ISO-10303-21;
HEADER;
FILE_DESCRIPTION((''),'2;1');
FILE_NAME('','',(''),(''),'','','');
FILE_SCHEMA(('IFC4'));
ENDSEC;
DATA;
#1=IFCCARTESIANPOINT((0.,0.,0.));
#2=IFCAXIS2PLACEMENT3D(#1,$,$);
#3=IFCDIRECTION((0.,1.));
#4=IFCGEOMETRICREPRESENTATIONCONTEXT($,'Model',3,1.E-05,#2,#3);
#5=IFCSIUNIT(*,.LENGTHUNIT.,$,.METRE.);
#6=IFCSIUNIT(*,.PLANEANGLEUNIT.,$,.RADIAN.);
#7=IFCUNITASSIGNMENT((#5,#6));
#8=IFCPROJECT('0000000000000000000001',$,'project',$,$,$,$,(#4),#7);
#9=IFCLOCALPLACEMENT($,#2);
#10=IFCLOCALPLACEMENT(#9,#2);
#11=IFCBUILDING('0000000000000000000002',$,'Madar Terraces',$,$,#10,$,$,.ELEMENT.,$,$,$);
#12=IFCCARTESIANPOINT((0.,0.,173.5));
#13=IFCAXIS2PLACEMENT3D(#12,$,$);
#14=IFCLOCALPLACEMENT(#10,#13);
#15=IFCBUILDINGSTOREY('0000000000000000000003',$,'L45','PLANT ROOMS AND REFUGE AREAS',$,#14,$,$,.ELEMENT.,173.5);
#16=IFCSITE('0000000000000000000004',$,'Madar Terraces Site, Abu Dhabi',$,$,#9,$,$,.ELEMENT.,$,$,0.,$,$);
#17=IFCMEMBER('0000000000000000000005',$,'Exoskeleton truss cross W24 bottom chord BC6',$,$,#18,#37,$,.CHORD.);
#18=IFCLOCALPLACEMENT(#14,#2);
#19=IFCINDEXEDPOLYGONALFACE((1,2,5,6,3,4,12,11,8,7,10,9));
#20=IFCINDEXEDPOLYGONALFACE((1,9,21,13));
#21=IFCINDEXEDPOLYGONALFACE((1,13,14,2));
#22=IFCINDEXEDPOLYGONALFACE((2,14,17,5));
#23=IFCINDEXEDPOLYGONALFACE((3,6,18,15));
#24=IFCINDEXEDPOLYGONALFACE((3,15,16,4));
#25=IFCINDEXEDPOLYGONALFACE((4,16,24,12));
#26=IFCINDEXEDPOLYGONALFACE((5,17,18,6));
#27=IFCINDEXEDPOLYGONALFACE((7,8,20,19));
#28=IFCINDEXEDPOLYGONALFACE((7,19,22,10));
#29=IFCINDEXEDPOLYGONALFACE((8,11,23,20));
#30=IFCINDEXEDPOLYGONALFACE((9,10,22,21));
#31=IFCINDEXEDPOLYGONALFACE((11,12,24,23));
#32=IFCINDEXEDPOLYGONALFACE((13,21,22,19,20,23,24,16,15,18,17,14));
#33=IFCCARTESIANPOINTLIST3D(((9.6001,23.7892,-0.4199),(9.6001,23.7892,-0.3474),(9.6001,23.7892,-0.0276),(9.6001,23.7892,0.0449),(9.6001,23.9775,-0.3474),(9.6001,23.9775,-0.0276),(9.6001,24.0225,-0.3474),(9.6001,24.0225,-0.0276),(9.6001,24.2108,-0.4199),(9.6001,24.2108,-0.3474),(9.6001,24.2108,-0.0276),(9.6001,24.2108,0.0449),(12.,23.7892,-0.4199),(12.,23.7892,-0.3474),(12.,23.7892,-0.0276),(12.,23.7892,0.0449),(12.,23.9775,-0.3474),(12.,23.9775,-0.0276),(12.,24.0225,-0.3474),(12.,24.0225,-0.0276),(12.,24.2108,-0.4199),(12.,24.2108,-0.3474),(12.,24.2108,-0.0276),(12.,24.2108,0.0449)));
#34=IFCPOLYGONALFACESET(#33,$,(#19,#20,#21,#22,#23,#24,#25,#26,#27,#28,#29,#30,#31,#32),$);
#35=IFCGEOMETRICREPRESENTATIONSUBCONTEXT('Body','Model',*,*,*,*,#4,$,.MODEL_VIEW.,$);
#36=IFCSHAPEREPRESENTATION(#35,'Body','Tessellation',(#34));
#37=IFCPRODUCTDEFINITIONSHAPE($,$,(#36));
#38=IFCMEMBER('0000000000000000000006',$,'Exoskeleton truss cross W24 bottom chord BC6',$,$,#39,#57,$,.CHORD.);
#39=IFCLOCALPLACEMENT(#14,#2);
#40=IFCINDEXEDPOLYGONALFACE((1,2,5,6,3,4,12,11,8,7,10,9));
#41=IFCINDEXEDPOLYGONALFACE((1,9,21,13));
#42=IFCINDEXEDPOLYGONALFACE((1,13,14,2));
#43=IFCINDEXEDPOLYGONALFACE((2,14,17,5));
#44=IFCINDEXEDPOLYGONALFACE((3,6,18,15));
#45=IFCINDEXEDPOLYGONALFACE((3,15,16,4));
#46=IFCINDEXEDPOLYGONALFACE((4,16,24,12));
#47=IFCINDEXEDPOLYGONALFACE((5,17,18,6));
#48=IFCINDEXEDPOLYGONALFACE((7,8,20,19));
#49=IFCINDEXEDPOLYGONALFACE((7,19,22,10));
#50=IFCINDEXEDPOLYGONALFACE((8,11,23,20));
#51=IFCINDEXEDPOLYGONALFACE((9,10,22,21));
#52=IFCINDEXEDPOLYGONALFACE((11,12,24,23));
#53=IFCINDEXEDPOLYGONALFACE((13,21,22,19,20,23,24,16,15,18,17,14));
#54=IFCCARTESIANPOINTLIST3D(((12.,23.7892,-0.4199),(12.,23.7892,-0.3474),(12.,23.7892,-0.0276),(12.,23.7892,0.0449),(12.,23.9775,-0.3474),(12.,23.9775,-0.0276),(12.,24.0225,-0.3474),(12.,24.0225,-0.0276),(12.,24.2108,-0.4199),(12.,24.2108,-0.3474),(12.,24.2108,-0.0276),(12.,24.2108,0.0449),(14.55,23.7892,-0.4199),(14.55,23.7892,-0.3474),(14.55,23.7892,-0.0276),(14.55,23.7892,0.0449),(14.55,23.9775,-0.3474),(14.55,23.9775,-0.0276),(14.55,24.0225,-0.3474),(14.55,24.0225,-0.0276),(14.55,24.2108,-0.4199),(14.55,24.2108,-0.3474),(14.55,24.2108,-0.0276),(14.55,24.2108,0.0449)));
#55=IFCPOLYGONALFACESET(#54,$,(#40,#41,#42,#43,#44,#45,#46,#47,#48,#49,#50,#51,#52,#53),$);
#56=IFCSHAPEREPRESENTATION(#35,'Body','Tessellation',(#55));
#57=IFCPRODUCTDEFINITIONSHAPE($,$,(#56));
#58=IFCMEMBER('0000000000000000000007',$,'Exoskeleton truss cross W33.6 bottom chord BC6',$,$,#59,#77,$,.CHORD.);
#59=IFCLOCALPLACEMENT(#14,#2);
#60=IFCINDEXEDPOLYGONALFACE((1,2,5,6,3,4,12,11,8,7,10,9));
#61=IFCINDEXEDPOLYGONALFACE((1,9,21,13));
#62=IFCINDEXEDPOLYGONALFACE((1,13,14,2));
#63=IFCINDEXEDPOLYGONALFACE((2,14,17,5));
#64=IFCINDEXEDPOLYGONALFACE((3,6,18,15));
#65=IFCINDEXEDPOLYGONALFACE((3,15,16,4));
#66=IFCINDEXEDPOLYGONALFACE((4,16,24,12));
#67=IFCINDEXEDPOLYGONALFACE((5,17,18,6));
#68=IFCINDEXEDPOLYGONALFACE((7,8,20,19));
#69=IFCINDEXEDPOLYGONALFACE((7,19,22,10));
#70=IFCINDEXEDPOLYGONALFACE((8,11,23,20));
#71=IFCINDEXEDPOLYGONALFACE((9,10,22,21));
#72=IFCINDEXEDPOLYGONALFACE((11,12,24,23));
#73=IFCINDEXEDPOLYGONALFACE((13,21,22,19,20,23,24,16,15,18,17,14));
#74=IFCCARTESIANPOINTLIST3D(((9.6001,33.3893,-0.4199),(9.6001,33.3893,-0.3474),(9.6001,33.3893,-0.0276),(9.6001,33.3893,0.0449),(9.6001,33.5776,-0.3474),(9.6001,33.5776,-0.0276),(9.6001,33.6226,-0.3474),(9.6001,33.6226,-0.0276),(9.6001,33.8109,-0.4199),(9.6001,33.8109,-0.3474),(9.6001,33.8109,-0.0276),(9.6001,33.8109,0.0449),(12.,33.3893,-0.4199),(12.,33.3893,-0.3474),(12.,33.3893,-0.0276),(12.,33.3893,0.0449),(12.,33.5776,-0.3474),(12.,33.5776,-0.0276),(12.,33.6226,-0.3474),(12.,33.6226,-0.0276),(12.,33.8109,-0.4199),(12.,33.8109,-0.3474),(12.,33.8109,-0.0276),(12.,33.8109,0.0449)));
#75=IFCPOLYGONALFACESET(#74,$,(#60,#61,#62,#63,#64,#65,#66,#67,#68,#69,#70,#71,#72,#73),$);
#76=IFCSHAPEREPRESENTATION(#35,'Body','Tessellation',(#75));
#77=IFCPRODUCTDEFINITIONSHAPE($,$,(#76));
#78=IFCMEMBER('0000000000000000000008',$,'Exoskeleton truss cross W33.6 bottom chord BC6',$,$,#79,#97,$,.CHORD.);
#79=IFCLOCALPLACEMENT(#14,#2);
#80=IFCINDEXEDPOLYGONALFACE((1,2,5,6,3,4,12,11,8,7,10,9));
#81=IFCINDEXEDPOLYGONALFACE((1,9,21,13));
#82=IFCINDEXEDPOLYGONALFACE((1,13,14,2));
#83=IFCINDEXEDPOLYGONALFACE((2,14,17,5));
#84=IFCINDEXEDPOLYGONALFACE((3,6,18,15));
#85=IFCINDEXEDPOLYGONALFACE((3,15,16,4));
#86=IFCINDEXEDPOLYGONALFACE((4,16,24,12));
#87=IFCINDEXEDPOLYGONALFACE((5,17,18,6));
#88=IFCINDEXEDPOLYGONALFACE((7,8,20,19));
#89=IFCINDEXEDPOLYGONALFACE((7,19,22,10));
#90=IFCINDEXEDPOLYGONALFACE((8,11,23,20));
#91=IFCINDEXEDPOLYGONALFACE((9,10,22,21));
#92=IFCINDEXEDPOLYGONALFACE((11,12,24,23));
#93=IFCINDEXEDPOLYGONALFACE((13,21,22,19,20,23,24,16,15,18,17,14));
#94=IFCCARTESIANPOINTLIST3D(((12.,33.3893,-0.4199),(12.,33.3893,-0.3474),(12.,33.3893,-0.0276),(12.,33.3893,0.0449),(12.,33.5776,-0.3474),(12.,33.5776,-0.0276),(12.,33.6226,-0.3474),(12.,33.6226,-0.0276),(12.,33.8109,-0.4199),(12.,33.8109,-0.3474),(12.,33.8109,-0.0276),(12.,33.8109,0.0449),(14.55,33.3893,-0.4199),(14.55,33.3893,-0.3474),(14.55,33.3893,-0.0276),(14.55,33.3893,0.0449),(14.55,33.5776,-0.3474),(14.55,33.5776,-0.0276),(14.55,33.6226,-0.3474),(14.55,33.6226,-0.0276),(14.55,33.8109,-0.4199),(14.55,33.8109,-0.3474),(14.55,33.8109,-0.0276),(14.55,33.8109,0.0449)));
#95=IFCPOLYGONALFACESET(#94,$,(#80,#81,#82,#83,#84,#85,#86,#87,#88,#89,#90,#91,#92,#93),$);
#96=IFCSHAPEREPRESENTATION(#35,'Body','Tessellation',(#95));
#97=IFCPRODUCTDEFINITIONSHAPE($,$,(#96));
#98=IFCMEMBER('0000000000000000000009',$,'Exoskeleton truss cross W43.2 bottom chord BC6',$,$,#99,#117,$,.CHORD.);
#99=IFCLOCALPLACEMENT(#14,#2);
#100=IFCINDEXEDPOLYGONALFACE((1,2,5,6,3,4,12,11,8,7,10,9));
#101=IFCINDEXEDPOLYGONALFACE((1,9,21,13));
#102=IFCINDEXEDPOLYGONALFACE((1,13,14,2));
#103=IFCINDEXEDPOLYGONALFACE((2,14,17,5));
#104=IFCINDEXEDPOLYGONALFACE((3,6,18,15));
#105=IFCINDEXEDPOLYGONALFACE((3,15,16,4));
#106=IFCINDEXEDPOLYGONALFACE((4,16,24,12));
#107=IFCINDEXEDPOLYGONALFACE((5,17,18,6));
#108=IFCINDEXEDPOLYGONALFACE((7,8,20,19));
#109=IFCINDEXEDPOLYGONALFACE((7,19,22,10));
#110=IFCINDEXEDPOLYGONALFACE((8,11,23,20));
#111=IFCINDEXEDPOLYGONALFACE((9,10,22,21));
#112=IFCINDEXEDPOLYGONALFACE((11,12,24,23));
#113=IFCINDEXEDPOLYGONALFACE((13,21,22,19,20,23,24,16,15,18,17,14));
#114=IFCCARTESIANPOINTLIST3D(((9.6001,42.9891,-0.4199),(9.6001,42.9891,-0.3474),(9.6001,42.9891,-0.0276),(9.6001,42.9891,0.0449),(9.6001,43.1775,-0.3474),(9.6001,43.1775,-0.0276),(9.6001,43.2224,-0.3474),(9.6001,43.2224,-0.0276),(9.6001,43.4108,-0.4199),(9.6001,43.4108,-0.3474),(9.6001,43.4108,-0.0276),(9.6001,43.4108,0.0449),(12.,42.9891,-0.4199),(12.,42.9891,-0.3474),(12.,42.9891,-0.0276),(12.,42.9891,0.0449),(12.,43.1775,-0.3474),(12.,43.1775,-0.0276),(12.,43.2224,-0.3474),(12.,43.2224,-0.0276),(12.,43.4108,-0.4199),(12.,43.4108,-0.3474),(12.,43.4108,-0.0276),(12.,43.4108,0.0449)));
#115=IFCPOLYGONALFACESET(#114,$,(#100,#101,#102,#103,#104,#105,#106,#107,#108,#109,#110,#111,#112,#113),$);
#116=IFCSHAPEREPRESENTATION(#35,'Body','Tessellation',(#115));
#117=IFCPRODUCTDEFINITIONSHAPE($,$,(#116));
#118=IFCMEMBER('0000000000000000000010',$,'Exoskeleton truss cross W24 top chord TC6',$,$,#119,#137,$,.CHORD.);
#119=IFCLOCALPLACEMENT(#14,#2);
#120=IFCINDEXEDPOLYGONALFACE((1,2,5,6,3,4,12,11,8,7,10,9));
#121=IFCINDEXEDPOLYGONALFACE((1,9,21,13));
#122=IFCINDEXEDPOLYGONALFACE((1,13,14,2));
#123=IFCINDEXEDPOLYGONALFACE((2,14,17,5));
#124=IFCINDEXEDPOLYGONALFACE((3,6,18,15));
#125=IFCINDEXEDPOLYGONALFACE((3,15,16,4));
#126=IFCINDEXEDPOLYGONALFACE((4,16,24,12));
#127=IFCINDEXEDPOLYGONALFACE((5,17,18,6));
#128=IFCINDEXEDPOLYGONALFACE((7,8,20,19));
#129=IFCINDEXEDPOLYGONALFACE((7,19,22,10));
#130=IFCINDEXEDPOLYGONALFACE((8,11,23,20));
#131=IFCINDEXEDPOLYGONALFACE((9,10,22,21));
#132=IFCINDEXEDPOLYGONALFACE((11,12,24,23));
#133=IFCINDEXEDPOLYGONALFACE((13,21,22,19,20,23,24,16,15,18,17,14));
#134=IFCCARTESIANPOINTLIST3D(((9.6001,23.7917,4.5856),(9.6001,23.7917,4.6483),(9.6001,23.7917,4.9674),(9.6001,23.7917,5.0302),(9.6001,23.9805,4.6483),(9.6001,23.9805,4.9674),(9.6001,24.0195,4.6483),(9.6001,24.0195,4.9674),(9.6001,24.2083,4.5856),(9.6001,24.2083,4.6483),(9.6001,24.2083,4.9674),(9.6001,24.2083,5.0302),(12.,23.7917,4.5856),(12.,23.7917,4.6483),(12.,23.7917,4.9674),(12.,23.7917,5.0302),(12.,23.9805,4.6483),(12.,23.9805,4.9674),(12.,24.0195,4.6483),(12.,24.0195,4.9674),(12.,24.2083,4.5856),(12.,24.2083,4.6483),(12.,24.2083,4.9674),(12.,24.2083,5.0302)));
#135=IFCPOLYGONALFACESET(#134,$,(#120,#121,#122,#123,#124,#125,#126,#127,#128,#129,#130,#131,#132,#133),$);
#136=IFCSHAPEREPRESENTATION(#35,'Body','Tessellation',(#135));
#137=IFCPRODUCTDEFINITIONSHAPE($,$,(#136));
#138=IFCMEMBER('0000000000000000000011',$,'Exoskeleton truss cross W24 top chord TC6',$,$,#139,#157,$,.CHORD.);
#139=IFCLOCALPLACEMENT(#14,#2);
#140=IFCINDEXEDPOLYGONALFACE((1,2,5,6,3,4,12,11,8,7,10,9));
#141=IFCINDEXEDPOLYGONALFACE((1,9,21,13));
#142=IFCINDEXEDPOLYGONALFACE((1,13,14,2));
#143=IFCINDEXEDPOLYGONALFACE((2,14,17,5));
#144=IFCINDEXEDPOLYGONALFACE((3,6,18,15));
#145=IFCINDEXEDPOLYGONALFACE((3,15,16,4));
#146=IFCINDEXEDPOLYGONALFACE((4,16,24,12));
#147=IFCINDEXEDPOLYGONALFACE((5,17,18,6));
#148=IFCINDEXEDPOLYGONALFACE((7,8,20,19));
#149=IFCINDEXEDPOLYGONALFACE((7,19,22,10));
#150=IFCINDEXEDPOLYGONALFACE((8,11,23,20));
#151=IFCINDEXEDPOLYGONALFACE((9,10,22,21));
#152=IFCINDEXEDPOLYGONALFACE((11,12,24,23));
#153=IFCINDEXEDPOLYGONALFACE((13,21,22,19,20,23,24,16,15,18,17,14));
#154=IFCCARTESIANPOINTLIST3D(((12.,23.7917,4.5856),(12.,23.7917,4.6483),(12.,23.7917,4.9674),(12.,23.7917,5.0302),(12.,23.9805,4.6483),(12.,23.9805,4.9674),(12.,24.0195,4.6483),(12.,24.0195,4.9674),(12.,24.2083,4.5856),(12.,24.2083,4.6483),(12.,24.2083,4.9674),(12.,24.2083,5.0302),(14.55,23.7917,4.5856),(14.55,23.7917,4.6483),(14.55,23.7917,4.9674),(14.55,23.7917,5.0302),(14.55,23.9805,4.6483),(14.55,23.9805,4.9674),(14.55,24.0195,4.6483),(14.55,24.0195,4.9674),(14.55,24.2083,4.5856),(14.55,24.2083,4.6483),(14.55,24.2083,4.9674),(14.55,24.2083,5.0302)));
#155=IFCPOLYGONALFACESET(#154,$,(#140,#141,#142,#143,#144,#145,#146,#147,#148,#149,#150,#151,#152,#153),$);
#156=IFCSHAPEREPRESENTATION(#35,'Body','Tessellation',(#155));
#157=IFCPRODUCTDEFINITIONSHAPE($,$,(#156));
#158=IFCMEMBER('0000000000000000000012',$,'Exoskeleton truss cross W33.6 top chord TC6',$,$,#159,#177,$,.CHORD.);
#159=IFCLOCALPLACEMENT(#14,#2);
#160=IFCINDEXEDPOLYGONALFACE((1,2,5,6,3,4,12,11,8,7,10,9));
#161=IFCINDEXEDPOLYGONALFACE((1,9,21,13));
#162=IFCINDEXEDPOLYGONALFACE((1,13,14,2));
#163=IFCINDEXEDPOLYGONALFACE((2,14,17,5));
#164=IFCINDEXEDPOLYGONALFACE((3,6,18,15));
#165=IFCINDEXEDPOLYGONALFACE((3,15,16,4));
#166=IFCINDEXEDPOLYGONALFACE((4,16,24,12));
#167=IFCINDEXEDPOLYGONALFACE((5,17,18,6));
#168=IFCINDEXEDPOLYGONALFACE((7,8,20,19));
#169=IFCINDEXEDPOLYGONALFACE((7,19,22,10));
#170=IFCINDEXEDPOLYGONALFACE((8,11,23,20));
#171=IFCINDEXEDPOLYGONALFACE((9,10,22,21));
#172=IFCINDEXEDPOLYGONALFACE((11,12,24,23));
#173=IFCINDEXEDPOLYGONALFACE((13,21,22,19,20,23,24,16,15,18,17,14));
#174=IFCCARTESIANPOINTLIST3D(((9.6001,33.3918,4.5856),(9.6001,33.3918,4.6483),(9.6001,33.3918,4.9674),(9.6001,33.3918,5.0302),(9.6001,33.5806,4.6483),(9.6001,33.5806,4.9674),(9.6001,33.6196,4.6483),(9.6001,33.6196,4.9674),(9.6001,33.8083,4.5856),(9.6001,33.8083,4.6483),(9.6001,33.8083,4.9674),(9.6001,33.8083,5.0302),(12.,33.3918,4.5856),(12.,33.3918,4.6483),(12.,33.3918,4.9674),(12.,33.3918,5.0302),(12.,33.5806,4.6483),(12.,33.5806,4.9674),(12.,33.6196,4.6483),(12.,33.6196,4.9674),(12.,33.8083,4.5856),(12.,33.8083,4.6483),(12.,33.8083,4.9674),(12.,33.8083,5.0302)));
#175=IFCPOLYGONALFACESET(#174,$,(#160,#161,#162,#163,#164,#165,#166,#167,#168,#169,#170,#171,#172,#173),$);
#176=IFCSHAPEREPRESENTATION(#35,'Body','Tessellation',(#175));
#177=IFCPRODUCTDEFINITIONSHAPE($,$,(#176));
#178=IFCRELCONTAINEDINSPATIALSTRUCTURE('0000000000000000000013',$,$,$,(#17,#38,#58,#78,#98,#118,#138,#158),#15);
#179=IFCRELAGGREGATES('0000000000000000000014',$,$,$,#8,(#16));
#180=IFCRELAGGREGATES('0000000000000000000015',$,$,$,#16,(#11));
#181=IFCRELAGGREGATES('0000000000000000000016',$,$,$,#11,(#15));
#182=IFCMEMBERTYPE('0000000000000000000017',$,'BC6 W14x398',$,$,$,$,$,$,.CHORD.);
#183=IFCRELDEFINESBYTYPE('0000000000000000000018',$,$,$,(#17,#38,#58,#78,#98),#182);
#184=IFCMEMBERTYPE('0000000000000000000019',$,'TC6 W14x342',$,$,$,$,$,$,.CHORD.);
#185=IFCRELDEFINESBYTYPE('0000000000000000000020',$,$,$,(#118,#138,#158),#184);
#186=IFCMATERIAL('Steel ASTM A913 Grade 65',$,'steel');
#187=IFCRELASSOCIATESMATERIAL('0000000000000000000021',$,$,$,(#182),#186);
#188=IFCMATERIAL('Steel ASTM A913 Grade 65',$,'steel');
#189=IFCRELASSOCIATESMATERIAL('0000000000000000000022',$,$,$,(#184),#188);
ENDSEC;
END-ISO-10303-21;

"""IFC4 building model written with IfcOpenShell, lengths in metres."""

from ifc_helpers import new_model, si_unit, direction, frame, origin, origin_2d, place, context, subcontext, project, spatial, i_section, extrude, material, material_profile, profile_set, type_object, element, save


model = new_model("IFC4")

# Units and contexts
model_context = context("Model", 3, precision=1e-05, world=origin(), true_north=direction((0.0, 1.0)))
body_context = subcontext(model_context, "Body", "Model", "MODEL_VIEW")
ifc_project = project(units=[si_unit("LENGTHUNIT", "METRE"), si_unit("PLANEANGLEUNIT", "RADIAN")], contexts=[model_context])

# Site, building, storey
site_placement = place(None, origin())
site = spatial("IfcSite", under=ifc_project, at=site_placement, Name="Madar Terraces Site, Abu Dhabi", CompositionType="ELEMENT", RefElevation=0.0)
building_placement = place(site_placement, origin())
building = spatial("IfcBuilding", under=site, at=building_placement, Name="Madar Terraces", CompositionType="ELEMENT")
storey_placement = place(building_placement, frame((0.0, 0.0, 173.5)))
storey = spatial("IfcBuildingStorey", under=building, at=storey_placement, Name="L45", Description="PLANT ROOMS AND REFUGE AREAS", CompositionType="ELEMENT", Elevation=173.5)

# Members
ifc_material_1 = material(Name="Steel ASTM A913 Grade 65", Category="steel")
ifc_material_profile_1 = material_profile(ifc_material_1, i_section(OverallWidth=0.4216, OverallDepth=0.4648, WebThickness=0.0449, FlangeThickness=0.0725, at=origin_2d()), Name="W14x398")
ifc_profile_set_1 = profile_set([ifc_material_profile_1], Name="Steel ASTM A913 Grade 65")
member_type_1 = type_object("IfcMemberType", Name="BC6 W14x398", PredefinedType="CHORD", material=ifc_profile_set_1)
member_1_placement = place(storey_placement, frame((9.6001, 24.0, -0.1875), z_axis=(1.0, 0.0, 0.0), x_axis=(0.0, 1.0, 0.0)))
element("IfcMember", 1, at=member_1_placement, inside=storey, type_object=member_type_1, Name="Exoskeleton truss cross W24 bottom chord BC6", PredefinedType="CHORD", context=body_context, shape_type="SweptSolid", body=[
    extrude(i_section(OverallWidth=0.4216, OverallDepth=0.4648, WebThickness=0.0449, FlangeThickness=0.0725, at=origin_2d()), origin(), (0.0, 0.0, 1.0), 2.3999),
])
member_2_placement = place(storey_placement, frame((12.0, 24.0, -0.1875), z_axis=(1.0, 0.0, 0.0), x_axis=(0.0, 1.0, 0.0)))
element("IfcMember", 2, at=member_2_placement, inside=storey, type_object=member_type_1, Name="Exoskeleton truss cross W24 bottom chord BC6", PredefinedType="CHORD", context=body_context, shape_type="SweptSolid", body=[
    extrude(i_section(OverallWidth=0.4216, OverallDepth=0.4648, WebThickness=0.0449, FlangeThickness=0.0725, at=origin_2d()), origin(), (0.0, 0.0, 1.0), 2.55),
])
member_3_placement = place(storey_placement, frame((9.6001, 33.6001, -0.1875), z_axis=(1.0, 0.0, 0.0), x_axis=(0.0, 1.0, 0.0)))
element("IfcMember", 3, at=member_3_placement, inside=storey, type_object=member_type_1, Name="Exoskeleton truss cross W33.6 bottom chord BC6", PredefinedType="CHORD", context=body_context, shape_type="SweptSolid", body=[
    extrude(i_section(OverallWidth=0.4216, OverallDepth=0.4648, WebThickness=0.0449, FlangeThickness=0.0725, at=origin_2d()), origin(), (0.0, 0.0, 1.0), 2.3999),
])
member_4_placement = place(storey_placement, frame((12.0, 33.6001, -0.1875), z_axis=(1.0, 0.0, 0.0), x_axis=(0.0, 1.0, 0.0)))
element("IfcMember", 4, at=member_4_placement, inside=storey, type_object=member_type_1, Name="Exoskeleton truss cross W33.6 bottom chord BC6", PredefinedType="CHORD", context=body_context, shape_type="SweptSolid", body=[
    extrude(i_section(OverallWidth=0.4216, OverallDepth=0.4648, WebThickness=0.0449, FlangeThickness=0.0725, at=origin_2d()), origin(), (0.0, 0.0, 1.0), 2.55),
])
member_5_placement = place(storey_placement, frame((9.6001, 43.2, -0.1875), z_axis=(1.0, 0.0, 0.0), x_axis=(0.0, 1.0, 0.0)))
element("IfcMember", 5, at=member_5_placement, inside=storey, type_object=member_type_1, Name="Exoskeleton truss cross W43.2 bottom chord BC6", PredefinedType="CHORD", context=body_context, shape_type="SweptSolid", body=[
    extrude(i_section(OverallWidth=0.4216, OverallDepth=0.4648, WebThickness=0.0449, FlangeThickness=0.0725, at=origin_2d()), origin(), (0.0, 0.0, 1.0), 2.3999),
])
ifc_material_2 = material(Name="Steel ASTM A913 Grade 65", Category="steel")
ifc_material_profile_2 = material_profile(ifc_material_2, i_section(OverallWidth=0.4165, OverallDepth=0.4446, WebThickness=0.0391, FlangeThickness=0.0627, at=origin_2d()), Name="W14x342")
ifc_profile_set_2 = profile_set([ifc_material_profile_2], Name="Steel ASTM A913 Grade 65")
member_type_2 = type_object("IfcMemberType", Name="TC6 W14x342", PredefinedType="CHORD", material=ifc_profile_set_2)
member_6_placement = place(storey_placement, frame((9.6001, 24.0, 4.8079), z_axis=(1.0, 0.0, 0.0), x_axis=(0.0, 1.0, 0.0)))
element("IfcMember", 6, at=member_6_placement, inside=storey, type_object=member_type_2, Name="Exoskeleton truss cross W24 top chord TC6", PredefinedType="CHORD", context=body_context, shape_type="SweptSolid", body=[
    extrude(i_section(OverallWidth=0.4165, OverallDepth=0.4446, WebThickness=0.0391, FlangeThickness=0.0627, at=origin_2d()), origin(), (0.0, 0.0, 1.0), 2.3999),
])
member_7_placement = place(storey_placement, frame((12.0, 24.0, 4.8079), z_axis=(1.0, 0.0, 0.0), x_axis=(0.0, 1.0, 0.0)))
element("IfcMember", 7, at=member_7_placement, inside=storey, type_object=member_type_2, Name="Exoskeleton truss cross W24 top chord TC6", PredefinedType="CHORD", context=body_context, shape_type="SweptSolid", body=[
    extrude(i_section(OverallWidth=0.4165, OverallDepth=0.4446, WebThickness=0.0391, FlangeThickness=0.0627, at=origin_2d()), origin(), (0.0, 0.0, 1.0), 2.55),
])
member_8_placement = place(storey_placement, frame((9.6001, 33.6001, 4.8079), z_axis=(1.0, 0.0, 0.0), x_axis=(0.0, 1.0, 0.0)))
element("IfcMember", 8, at=member_8_placement, inside=storey, type_object=member_type_2, Name="Exoskeleton truss cross W33.6 top chord TC6", PredefinedType="CHORD", context=body_context, shape_type="SweptSolid", body=[
    extrude(i_section(OverallWidth=0.4165, OverallDepth=0.4446, WebThickness=0.0391, FlangeThickness=0.0627, at=origin_2d()), origin(), (0.0, 0.0, 1.0), 2.3999),
])

save(model, "model.ifc")
